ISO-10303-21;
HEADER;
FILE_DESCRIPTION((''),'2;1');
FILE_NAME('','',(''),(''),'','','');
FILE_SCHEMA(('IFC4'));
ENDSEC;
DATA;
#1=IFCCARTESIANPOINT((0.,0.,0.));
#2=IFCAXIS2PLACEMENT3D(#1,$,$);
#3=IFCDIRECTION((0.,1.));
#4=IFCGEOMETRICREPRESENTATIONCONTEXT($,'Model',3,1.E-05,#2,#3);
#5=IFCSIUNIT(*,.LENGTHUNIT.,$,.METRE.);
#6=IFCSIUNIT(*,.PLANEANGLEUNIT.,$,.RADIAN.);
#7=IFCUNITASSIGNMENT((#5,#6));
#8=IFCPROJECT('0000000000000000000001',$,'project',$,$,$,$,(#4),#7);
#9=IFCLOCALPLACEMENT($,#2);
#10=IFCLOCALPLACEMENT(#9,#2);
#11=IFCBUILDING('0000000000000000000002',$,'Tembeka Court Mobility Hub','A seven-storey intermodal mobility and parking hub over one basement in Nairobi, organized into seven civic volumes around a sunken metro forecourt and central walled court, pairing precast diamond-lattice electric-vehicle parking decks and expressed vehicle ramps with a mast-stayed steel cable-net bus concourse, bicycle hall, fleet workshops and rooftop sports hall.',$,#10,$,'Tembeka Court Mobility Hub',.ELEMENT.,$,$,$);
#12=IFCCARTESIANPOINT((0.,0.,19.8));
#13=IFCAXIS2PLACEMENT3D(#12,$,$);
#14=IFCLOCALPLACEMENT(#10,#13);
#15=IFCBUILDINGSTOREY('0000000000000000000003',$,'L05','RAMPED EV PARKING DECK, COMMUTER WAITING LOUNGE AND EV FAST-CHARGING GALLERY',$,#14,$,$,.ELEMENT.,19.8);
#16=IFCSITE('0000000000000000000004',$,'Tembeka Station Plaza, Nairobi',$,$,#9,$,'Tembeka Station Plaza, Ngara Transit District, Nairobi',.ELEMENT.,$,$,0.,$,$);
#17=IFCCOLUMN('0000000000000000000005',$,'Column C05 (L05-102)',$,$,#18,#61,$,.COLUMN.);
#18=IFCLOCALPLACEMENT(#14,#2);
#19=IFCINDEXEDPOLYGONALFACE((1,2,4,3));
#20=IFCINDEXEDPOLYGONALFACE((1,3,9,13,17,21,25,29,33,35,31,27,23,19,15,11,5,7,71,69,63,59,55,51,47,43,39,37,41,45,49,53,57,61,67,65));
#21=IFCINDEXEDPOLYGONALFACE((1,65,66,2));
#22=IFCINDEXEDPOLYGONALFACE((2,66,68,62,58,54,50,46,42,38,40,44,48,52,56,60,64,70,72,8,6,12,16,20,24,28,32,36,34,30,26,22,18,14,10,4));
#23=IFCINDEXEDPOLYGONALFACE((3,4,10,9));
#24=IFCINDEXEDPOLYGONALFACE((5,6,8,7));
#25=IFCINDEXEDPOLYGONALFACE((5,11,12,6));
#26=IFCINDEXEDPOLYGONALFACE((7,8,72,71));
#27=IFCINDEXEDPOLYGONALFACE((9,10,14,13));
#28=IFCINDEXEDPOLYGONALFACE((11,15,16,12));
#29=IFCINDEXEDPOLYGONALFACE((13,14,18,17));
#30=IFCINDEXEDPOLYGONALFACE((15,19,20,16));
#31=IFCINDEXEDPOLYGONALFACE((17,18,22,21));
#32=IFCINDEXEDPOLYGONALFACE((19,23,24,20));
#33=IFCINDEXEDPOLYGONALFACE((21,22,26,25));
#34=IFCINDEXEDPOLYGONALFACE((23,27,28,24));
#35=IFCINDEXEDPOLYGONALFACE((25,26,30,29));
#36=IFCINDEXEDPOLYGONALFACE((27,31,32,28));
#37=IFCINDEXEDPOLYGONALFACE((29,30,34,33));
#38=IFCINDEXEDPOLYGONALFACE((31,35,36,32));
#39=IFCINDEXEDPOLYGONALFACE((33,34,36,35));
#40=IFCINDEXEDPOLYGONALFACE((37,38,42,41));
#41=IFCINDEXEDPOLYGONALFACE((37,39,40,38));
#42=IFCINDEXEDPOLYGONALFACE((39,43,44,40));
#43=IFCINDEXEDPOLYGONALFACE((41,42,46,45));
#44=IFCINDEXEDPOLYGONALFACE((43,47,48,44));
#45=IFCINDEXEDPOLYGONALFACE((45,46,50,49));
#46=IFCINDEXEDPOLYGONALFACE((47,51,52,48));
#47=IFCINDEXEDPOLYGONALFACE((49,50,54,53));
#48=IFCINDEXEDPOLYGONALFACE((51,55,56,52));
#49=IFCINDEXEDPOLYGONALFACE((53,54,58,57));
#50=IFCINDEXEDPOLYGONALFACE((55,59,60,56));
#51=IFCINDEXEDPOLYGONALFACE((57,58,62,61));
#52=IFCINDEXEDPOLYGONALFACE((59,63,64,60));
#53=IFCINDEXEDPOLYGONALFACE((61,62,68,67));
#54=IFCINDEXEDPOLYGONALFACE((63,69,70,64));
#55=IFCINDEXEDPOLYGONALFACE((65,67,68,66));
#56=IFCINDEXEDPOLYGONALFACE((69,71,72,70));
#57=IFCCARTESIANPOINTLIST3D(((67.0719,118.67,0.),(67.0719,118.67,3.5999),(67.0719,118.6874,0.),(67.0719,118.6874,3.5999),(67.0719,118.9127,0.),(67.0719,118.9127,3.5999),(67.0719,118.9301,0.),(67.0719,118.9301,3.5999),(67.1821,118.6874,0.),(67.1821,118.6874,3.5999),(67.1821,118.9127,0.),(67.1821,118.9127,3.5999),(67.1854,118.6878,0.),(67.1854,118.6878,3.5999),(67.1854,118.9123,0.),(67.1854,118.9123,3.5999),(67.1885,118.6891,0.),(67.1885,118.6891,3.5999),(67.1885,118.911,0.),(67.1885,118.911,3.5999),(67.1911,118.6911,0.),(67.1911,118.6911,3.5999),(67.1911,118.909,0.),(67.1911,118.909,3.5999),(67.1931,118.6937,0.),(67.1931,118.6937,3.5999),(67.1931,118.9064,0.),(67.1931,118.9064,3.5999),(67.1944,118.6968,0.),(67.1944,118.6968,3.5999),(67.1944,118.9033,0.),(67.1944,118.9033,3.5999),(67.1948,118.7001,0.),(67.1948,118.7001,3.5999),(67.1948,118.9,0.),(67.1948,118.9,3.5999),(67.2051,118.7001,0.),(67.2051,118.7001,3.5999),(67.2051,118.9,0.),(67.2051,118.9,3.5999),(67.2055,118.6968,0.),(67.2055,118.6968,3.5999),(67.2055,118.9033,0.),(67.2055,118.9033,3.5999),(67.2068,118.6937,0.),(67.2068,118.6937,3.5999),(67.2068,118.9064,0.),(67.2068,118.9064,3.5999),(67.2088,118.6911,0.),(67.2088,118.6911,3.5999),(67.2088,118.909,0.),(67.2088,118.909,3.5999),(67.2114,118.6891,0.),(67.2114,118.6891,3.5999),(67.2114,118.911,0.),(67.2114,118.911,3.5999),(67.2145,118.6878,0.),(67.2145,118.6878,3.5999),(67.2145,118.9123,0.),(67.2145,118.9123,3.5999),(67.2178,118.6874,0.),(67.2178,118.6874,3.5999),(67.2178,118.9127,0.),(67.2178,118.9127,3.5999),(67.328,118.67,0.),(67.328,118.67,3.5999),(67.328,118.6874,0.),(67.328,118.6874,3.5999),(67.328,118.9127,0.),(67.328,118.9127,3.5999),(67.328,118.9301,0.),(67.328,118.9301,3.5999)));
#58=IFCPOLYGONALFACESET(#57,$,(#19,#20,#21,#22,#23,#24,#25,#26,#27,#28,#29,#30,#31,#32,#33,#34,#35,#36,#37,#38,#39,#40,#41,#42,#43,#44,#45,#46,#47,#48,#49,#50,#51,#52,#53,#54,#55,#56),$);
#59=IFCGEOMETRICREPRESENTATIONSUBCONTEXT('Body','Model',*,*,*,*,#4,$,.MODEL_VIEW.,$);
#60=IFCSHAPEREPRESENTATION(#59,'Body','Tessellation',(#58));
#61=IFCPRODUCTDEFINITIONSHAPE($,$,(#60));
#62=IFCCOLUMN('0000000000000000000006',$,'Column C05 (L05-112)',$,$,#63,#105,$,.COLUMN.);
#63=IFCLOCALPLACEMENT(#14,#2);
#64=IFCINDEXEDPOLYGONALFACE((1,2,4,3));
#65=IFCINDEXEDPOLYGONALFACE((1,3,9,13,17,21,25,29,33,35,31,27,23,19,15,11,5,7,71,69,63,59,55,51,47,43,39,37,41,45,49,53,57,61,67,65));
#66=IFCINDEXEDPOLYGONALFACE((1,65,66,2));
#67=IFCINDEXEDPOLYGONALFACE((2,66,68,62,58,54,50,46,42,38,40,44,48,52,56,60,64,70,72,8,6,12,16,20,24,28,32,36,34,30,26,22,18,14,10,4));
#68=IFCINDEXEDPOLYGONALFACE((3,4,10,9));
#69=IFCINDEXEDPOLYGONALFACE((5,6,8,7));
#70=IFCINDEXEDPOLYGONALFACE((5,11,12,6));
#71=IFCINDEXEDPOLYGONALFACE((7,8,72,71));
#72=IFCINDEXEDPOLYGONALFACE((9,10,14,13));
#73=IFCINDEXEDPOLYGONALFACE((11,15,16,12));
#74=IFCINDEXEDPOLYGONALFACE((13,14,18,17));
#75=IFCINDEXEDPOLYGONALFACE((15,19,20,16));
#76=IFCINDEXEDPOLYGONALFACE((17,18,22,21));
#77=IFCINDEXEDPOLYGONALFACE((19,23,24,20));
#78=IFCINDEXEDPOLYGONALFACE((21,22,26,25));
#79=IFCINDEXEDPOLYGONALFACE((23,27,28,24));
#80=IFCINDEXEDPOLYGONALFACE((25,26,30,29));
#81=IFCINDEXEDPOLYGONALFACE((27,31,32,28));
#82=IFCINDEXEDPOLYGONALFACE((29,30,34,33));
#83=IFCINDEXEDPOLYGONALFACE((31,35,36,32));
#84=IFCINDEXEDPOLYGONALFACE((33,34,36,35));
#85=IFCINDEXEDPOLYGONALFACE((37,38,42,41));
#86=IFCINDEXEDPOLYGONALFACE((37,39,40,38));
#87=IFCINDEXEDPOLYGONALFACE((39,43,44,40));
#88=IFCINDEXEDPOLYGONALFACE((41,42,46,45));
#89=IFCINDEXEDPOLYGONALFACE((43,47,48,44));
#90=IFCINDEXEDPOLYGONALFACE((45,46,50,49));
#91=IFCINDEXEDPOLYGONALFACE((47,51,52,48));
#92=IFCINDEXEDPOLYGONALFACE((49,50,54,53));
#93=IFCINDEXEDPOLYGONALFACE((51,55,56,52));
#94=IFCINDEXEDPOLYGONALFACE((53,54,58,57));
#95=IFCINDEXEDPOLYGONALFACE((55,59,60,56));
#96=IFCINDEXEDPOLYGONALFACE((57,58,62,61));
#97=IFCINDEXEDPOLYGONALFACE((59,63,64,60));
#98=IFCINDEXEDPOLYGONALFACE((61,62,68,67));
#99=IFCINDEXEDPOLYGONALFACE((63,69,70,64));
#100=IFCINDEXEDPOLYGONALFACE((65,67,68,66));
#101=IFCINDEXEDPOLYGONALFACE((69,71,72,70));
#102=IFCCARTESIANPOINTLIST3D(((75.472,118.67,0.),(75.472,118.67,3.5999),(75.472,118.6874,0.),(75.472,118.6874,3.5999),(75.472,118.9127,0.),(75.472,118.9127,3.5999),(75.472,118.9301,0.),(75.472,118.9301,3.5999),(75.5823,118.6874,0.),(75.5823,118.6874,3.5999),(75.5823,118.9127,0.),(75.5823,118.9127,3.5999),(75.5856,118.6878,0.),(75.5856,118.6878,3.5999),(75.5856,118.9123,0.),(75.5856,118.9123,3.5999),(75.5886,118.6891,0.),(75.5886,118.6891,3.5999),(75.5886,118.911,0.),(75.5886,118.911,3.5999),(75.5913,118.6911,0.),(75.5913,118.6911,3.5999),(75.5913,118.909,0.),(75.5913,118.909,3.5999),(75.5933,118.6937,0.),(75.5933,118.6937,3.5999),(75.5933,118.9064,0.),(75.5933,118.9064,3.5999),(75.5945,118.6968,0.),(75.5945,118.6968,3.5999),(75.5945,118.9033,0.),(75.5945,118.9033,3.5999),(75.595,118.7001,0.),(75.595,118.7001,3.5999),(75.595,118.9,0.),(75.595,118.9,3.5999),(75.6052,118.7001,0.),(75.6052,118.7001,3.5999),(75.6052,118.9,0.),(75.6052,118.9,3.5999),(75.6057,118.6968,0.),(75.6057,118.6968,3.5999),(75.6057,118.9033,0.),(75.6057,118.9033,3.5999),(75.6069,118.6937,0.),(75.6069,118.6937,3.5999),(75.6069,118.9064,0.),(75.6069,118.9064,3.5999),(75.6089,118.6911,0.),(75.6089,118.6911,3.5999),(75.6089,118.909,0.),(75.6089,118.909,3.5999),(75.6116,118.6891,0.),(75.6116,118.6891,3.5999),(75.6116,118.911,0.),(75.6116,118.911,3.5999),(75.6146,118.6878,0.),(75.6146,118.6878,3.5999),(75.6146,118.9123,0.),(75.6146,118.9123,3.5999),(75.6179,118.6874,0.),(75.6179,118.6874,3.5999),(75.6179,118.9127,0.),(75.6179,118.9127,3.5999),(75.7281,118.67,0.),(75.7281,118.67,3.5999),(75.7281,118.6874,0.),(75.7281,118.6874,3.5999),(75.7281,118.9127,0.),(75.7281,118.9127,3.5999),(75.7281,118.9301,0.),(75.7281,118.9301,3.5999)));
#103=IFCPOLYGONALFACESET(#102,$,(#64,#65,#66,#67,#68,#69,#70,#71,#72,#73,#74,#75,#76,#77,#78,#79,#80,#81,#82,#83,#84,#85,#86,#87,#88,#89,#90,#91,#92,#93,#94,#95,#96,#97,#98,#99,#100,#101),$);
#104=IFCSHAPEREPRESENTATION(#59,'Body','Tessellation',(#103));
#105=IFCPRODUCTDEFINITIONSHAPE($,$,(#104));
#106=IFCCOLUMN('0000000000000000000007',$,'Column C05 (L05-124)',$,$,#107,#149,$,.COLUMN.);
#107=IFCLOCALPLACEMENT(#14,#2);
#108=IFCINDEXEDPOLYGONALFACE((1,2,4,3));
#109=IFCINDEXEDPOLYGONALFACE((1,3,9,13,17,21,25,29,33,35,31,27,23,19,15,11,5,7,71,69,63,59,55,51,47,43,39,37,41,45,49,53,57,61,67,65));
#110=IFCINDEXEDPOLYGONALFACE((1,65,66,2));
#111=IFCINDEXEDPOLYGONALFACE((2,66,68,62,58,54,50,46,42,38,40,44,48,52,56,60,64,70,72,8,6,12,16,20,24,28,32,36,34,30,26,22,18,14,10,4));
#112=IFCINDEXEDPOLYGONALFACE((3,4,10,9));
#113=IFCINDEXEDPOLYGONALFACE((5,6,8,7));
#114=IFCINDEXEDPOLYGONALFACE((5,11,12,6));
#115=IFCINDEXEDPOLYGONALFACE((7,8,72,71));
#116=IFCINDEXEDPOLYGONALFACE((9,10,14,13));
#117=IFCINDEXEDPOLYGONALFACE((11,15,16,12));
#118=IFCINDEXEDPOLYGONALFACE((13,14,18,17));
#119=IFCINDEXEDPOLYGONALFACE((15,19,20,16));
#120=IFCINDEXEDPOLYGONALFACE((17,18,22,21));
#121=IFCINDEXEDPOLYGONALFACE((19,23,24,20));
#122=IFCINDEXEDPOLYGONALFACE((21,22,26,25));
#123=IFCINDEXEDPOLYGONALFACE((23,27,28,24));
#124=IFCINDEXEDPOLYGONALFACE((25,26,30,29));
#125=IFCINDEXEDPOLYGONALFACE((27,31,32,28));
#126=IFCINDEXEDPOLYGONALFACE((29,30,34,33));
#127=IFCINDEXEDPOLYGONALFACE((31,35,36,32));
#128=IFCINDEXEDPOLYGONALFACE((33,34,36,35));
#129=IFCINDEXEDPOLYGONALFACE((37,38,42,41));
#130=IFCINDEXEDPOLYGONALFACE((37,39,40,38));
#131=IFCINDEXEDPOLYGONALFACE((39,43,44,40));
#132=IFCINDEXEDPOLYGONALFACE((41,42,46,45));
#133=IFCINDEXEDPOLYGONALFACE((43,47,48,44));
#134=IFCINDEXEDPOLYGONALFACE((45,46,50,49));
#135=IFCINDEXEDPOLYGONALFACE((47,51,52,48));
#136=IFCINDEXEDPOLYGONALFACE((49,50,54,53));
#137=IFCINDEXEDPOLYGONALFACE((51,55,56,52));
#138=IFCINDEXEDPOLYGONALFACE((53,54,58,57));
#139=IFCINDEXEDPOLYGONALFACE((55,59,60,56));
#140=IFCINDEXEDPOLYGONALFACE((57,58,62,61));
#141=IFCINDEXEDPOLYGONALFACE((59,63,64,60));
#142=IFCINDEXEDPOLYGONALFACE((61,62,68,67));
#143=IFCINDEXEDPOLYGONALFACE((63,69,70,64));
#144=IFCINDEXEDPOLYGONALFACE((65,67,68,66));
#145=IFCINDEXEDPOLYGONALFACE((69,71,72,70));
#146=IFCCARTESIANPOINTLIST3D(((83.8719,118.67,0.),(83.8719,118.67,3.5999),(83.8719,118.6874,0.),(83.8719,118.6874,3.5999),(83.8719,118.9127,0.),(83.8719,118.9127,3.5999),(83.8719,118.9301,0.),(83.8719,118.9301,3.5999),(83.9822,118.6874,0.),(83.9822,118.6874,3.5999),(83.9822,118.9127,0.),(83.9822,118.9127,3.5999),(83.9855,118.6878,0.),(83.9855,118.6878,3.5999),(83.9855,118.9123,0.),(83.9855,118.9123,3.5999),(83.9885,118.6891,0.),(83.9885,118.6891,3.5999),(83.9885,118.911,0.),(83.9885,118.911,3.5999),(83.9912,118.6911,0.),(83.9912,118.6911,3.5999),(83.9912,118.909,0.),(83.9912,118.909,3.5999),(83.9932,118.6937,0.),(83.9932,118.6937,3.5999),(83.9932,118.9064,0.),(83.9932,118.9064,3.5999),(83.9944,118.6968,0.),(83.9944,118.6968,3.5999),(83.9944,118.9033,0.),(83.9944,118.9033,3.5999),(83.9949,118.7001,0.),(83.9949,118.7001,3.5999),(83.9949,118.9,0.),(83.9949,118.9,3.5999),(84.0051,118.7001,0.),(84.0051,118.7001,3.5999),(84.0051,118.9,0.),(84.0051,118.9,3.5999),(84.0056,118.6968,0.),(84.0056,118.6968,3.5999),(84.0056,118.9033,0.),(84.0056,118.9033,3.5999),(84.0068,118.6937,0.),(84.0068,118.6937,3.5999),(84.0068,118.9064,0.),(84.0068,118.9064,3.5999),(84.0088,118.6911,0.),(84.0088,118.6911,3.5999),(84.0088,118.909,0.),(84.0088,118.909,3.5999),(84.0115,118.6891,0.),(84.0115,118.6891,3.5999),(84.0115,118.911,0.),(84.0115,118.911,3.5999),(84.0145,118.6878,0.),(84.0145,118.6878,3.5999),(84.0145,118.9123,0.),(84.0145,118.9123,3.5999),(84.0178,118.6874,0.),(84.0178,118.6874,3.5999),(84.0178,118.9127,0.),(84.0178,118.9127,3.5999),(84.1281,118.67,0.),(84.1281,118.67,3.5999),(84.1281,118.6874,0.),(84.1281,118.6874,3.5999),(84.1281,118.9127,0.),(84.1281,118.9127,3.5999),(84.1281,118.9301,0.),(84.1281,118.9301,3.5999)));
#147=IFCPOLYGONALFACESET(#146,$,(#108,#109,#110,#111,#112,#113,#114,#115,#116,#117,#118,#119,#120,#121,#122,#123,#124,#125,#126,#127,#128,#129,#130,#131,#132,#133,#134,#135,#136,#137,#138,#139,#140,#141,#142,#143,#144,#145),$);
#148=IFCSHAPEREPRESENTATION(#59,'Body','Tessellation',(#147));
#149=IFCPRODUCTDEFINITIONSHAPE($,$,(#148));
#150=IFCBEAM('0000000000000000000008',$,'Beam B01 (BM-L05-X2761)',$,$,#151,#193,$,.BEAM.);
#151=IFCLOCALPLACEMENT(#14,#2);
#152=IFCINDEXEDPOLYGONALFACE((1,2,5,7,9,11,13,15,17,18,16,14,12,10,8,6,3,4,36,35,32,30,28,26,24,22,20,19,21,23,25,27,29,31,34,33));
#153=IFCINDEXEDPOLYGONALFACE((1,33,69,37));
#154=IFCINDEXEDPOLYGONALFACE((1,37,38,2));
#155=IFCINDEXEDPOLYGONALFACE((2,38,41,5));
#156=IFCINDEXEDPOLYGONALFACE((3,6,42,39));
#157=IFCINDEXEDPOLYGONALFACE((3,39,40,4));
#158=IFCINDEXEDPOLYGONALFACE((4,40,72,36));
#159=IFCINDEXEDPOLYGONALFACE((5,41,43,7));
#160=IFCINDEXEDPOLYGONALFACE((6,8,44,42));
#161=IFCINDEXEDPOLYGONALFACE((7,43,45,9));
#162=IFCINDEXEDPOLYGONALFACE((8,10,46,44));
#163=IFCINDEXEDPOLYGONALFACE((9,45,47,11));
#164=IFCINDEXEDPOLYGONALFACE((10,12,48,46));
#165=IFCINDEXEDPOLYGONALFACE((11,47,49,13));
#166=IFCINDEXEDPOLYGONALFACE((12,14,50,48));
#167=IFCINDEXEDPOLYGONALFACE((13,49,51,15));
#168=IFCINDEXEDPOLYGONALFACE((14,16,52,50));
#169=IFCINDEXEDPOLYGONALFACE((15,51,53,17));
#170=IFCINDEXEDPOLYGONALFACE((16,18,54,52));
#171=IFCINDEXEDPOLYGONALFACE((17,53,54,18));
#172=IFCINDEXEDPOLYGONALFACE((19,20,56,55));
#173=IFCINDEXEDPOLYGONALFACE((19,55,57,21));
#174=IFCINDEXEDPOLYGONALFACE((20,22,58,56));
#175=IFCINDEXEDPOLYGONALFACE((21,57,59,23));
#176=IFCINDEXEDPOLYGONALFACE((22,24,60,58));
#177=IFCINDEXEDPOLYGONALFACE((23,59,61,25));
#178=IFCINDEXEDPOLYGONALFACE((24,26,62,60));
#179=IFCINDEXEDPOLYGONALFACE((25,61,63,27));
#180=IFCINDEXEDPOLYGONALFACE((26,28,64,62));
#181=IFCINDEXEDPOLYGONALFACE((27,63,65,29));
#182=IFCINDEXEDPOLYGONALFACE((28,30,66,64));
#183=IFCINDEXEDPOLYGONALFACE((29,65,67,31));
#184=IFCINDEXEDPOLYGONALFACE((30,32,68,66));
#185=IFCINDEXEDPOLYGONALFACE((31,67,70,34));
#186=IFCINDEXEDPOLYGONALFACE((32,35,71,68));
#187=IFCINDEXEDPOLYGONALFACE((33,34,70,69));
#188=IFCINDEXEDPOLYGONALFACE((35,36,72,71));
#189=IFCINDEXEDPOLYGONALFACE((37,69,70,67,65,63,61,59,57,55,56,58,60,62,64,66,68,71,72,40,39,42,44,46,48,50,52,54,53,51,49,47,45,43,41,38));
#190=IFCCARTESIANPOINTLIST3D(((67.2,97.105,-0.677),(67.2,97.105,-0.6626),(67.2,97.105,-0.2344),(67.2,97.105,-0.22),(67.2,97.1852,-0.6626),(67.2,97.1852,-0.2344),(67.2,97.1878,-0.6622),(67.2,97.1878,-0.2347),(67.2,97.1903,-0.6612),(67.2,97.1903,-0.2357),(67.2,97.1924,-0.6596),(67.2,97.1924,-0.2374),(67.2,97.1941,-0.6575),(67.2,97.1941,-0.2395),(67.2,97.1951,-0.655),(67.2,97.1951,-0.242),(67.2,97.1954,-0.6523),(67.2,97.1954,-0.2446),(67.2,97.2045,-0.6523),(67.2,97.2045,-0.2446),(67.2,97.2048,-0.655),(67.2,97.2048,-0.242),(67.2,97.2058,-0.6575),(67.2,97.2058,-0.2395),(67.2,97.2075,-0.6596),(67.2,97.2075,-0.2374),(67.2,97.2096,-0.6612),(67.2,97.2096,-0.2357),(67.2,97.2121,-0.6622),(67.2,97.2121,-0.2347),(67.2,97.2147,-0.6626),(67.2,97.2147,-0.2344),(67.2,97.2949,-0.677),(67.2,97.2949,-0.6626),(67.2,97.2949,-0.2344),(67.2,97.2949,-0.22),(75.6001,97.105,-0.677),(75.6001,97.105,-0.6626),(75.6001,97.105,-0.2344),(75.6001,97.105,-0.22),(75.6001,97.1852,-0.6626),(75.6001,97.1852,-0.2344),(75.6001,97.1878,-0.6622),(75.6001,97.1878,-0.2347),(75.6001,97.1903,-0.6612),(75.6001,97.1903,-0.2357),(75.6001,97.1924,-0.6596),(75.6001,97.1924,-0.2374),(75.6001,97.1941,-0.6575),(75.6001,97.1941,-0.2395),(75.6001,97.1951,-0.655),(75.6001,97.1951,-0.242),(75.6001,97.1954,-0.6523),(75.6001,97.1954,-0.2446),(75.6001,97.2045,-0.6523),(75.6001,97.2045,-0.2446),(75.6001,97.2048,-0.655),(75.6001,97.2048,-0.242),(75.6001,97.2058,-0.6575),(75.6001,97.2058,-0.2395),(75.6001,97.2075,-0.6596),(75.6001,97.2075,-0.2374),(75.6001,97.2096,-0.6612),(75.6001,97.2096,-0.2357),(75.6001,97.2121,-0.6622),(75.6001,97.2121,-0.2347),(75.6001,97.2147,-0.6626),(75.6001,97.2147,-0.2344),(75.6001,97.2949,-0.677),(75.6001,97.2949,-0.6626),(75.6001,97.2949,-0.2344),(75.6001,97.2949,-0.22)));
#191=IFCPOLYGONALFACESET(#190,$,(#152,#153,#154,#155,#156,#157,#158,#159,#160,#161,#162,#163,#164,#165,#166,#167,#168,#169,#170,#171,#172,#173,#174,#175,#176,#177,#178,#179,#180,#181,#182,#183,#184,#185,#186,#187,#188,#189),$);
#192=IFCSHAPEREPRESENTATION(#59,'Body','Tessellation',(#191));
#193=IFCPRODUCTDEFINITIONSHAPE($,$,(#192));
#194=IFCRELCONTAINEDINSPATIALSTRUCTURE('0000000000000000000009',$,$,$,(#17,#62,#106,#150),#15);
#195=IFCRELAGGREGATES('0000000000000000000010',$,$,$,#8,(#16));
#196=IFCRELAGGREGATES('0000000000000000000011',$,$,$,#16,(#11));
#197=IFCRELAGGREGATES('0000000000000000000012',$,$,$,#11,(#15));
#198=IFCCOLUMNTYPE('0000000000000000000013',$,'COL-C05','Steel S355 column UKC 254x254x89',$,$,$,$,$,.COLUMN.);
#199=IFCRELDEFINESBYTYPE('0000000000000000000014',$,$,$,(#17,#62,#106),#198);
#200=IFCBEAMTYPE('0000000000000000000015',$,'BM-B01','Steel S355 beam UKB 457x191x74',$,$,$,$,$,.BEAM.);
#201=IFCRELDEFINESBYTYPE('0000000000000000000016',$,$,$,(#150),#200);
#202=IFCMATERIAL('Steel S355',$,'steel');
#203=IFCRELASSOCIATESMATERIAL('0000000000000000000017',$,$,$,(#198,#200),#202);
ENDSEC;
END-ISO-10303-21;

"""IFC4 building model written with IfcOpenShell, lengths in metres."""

from ifc_helpers import new_model, si_unit, direction, frame, origin, origin_2d, place, context, subcontext, project, spatial, i_section, extrude, material, material_profile, profile_set, type_object, element, save


model = new_model("IFC4")

# Units and contexts
model_context = context("Model", 3, precision=1e-05, world=origin(), true_north=direction((0.0, 1.0)))
body_context = subcontext(model_context, "Body", "Model", "MODEL_VIEW")
ifc_project = project(units=[si_unit("LENGTHUNIT", "METRE"), si_unit("PLANEANGLEUNIT", "RADIAN")], contexts=[model_context])

# Site, building, storey
site_placement = place(None, origin())
site = spatial("IfcSite", under=ifc_project, at=site_placement, Name="Tembeka Station Plaza, Nairobi", LongName="Tembeka Station Plaza, Ngara Transit District, Nairobi", CompositionType="ELEMENT", RefElevation=0.0)
building_placement = place(site_placement, origin())
building = spatial("IfcBuilding", under=site, at=building_placement, Name="Tembeka Court Mobility Hub", Description="A seven-storey intermodal mobility and parking hub over one basement in Nairobi, organized into seven civic volumes around a sunken metro forecourt and central walled court, pairing precast diamond-lattice electric-vehicle parking decks and expressed vehicle ramps with a mast-stayed steel cable-net bus concourse, bicycle hall, fleet workshops and rooftop sports hall.", LongName="Tembeka Court Mobility Hub", CompositionType="ELEMENT")
storey_placement = place(building_placement, frame((0.0, 0.0, 19.8)))
storey = spatial("IfcBuildingStorey", under=building, at=storey_placement, Name="L05", Description="RAMPED EV PARKING DECK, COMMUTER WAITING LOUNGE AND EV FAST-CHARGING GALLERY", CompositionType="ELEMENT", Elevation=19.8)

# Columns
ifc_material_1 = material(Name="Steel S355", Category="steel")
ifc_material_profile_1 = material_profile(ifc_material_1, i_section(OverallWidth=0.2561, OverallDepth=0.26, WebThickness=0.0103, FlangeThickness=0.0173, FilletRadius=0.0127, at=origin_2d()), Name="UKC 254x254x89")
ifc_profile_set_1 = profile_set([ifc_material_profile_1], Name="Steel S355")
column_type_1 = type_object("IfcColumnType", Name="COL-C05", Description="Steel S355 column UKC 254x254x89", PredefinedType="COLUMN", material=ifc_profile_set_1)
for number, where, z_axis, x_axis, name in (
    (1, (67.2, 118.8, 0.0), (0.0, 0.0, 1.0), (1.0, 0.0, 0.0), "Column C05 (L05-102)"),
    (2, (75.6001, 118.8, 0.0), (0.0, 0.0, 1.0), (1.0, 0.0, 0.0), "Column C05 (L05-112)"),
    (3, (84.0, 118.8, 0.0), (0.0, 0.0, 1.0), (1.0, 0.0, 0.0), "Column C05 (L05-124)"),
):
    element("IfcColumn", number, at=place(storey_placement, frame(where, z_axis=z_axis, x_axis=x_axis)), inside=storey, type_object=column_type_1, Name=name, PredefinedType="COLUMN", context=body_context, shape_type="SweptSolid", body=[
        extrude(i_section(OverallWidth=0.2561, OverallDepth=0.26, WebThickness=0.0103, FlangeThickness=0.0173, FilletRadius=0.0127, at=origin_2d()), origin(), (0.0, 0.0, 1.0), 3.5999),
    ])

# Beam
ifc_material_profile_2 = material_profile(ifc_material_1, i_section(OverallWidth=0.1899, OverallDepth=0.457, WebThickness=0.009, FlangeThickness=0.0144, FilletRadius=0.0103, at=origin_2d()), Name="UKB 457x191x74")
ifc_profile_set_2 = profile_set([ifc_material_profile_2], Name="Steel S355")
beam_type_1 = type_object("IfcBeamType", Name="BM-B01", Description="Steel S355 beam UKB 457x191x74", PredefinedType="BEAM", material=ifc_profile_set_2)
beam_1_placement = place(storey_placement, frame((67.2, 97.2, -0.4485), z_axis=(1.0, 0.0, 0.0), x_axis=(0.0, 1.0, 0.0)))
element("IfcBeam", 4, at=beam_1_placement, inside=storey, type_object=beam_type_1, Name="Beam B01 (BM-L05-X2761)", PredefinedType="BEAM", context=body_context, shape_type="SweptSolid", body=[
    extrude(i_section(OverallWidth=0.1899, OverallDepth=0.457, WebThickness=0.009, FlangeThickness=0.0144, FilletRadius=0.0103, at=origin_2d()), origin(), (0.0, 0.0, 1.0), 8.4001),
])

save(model, "model.ifc")
